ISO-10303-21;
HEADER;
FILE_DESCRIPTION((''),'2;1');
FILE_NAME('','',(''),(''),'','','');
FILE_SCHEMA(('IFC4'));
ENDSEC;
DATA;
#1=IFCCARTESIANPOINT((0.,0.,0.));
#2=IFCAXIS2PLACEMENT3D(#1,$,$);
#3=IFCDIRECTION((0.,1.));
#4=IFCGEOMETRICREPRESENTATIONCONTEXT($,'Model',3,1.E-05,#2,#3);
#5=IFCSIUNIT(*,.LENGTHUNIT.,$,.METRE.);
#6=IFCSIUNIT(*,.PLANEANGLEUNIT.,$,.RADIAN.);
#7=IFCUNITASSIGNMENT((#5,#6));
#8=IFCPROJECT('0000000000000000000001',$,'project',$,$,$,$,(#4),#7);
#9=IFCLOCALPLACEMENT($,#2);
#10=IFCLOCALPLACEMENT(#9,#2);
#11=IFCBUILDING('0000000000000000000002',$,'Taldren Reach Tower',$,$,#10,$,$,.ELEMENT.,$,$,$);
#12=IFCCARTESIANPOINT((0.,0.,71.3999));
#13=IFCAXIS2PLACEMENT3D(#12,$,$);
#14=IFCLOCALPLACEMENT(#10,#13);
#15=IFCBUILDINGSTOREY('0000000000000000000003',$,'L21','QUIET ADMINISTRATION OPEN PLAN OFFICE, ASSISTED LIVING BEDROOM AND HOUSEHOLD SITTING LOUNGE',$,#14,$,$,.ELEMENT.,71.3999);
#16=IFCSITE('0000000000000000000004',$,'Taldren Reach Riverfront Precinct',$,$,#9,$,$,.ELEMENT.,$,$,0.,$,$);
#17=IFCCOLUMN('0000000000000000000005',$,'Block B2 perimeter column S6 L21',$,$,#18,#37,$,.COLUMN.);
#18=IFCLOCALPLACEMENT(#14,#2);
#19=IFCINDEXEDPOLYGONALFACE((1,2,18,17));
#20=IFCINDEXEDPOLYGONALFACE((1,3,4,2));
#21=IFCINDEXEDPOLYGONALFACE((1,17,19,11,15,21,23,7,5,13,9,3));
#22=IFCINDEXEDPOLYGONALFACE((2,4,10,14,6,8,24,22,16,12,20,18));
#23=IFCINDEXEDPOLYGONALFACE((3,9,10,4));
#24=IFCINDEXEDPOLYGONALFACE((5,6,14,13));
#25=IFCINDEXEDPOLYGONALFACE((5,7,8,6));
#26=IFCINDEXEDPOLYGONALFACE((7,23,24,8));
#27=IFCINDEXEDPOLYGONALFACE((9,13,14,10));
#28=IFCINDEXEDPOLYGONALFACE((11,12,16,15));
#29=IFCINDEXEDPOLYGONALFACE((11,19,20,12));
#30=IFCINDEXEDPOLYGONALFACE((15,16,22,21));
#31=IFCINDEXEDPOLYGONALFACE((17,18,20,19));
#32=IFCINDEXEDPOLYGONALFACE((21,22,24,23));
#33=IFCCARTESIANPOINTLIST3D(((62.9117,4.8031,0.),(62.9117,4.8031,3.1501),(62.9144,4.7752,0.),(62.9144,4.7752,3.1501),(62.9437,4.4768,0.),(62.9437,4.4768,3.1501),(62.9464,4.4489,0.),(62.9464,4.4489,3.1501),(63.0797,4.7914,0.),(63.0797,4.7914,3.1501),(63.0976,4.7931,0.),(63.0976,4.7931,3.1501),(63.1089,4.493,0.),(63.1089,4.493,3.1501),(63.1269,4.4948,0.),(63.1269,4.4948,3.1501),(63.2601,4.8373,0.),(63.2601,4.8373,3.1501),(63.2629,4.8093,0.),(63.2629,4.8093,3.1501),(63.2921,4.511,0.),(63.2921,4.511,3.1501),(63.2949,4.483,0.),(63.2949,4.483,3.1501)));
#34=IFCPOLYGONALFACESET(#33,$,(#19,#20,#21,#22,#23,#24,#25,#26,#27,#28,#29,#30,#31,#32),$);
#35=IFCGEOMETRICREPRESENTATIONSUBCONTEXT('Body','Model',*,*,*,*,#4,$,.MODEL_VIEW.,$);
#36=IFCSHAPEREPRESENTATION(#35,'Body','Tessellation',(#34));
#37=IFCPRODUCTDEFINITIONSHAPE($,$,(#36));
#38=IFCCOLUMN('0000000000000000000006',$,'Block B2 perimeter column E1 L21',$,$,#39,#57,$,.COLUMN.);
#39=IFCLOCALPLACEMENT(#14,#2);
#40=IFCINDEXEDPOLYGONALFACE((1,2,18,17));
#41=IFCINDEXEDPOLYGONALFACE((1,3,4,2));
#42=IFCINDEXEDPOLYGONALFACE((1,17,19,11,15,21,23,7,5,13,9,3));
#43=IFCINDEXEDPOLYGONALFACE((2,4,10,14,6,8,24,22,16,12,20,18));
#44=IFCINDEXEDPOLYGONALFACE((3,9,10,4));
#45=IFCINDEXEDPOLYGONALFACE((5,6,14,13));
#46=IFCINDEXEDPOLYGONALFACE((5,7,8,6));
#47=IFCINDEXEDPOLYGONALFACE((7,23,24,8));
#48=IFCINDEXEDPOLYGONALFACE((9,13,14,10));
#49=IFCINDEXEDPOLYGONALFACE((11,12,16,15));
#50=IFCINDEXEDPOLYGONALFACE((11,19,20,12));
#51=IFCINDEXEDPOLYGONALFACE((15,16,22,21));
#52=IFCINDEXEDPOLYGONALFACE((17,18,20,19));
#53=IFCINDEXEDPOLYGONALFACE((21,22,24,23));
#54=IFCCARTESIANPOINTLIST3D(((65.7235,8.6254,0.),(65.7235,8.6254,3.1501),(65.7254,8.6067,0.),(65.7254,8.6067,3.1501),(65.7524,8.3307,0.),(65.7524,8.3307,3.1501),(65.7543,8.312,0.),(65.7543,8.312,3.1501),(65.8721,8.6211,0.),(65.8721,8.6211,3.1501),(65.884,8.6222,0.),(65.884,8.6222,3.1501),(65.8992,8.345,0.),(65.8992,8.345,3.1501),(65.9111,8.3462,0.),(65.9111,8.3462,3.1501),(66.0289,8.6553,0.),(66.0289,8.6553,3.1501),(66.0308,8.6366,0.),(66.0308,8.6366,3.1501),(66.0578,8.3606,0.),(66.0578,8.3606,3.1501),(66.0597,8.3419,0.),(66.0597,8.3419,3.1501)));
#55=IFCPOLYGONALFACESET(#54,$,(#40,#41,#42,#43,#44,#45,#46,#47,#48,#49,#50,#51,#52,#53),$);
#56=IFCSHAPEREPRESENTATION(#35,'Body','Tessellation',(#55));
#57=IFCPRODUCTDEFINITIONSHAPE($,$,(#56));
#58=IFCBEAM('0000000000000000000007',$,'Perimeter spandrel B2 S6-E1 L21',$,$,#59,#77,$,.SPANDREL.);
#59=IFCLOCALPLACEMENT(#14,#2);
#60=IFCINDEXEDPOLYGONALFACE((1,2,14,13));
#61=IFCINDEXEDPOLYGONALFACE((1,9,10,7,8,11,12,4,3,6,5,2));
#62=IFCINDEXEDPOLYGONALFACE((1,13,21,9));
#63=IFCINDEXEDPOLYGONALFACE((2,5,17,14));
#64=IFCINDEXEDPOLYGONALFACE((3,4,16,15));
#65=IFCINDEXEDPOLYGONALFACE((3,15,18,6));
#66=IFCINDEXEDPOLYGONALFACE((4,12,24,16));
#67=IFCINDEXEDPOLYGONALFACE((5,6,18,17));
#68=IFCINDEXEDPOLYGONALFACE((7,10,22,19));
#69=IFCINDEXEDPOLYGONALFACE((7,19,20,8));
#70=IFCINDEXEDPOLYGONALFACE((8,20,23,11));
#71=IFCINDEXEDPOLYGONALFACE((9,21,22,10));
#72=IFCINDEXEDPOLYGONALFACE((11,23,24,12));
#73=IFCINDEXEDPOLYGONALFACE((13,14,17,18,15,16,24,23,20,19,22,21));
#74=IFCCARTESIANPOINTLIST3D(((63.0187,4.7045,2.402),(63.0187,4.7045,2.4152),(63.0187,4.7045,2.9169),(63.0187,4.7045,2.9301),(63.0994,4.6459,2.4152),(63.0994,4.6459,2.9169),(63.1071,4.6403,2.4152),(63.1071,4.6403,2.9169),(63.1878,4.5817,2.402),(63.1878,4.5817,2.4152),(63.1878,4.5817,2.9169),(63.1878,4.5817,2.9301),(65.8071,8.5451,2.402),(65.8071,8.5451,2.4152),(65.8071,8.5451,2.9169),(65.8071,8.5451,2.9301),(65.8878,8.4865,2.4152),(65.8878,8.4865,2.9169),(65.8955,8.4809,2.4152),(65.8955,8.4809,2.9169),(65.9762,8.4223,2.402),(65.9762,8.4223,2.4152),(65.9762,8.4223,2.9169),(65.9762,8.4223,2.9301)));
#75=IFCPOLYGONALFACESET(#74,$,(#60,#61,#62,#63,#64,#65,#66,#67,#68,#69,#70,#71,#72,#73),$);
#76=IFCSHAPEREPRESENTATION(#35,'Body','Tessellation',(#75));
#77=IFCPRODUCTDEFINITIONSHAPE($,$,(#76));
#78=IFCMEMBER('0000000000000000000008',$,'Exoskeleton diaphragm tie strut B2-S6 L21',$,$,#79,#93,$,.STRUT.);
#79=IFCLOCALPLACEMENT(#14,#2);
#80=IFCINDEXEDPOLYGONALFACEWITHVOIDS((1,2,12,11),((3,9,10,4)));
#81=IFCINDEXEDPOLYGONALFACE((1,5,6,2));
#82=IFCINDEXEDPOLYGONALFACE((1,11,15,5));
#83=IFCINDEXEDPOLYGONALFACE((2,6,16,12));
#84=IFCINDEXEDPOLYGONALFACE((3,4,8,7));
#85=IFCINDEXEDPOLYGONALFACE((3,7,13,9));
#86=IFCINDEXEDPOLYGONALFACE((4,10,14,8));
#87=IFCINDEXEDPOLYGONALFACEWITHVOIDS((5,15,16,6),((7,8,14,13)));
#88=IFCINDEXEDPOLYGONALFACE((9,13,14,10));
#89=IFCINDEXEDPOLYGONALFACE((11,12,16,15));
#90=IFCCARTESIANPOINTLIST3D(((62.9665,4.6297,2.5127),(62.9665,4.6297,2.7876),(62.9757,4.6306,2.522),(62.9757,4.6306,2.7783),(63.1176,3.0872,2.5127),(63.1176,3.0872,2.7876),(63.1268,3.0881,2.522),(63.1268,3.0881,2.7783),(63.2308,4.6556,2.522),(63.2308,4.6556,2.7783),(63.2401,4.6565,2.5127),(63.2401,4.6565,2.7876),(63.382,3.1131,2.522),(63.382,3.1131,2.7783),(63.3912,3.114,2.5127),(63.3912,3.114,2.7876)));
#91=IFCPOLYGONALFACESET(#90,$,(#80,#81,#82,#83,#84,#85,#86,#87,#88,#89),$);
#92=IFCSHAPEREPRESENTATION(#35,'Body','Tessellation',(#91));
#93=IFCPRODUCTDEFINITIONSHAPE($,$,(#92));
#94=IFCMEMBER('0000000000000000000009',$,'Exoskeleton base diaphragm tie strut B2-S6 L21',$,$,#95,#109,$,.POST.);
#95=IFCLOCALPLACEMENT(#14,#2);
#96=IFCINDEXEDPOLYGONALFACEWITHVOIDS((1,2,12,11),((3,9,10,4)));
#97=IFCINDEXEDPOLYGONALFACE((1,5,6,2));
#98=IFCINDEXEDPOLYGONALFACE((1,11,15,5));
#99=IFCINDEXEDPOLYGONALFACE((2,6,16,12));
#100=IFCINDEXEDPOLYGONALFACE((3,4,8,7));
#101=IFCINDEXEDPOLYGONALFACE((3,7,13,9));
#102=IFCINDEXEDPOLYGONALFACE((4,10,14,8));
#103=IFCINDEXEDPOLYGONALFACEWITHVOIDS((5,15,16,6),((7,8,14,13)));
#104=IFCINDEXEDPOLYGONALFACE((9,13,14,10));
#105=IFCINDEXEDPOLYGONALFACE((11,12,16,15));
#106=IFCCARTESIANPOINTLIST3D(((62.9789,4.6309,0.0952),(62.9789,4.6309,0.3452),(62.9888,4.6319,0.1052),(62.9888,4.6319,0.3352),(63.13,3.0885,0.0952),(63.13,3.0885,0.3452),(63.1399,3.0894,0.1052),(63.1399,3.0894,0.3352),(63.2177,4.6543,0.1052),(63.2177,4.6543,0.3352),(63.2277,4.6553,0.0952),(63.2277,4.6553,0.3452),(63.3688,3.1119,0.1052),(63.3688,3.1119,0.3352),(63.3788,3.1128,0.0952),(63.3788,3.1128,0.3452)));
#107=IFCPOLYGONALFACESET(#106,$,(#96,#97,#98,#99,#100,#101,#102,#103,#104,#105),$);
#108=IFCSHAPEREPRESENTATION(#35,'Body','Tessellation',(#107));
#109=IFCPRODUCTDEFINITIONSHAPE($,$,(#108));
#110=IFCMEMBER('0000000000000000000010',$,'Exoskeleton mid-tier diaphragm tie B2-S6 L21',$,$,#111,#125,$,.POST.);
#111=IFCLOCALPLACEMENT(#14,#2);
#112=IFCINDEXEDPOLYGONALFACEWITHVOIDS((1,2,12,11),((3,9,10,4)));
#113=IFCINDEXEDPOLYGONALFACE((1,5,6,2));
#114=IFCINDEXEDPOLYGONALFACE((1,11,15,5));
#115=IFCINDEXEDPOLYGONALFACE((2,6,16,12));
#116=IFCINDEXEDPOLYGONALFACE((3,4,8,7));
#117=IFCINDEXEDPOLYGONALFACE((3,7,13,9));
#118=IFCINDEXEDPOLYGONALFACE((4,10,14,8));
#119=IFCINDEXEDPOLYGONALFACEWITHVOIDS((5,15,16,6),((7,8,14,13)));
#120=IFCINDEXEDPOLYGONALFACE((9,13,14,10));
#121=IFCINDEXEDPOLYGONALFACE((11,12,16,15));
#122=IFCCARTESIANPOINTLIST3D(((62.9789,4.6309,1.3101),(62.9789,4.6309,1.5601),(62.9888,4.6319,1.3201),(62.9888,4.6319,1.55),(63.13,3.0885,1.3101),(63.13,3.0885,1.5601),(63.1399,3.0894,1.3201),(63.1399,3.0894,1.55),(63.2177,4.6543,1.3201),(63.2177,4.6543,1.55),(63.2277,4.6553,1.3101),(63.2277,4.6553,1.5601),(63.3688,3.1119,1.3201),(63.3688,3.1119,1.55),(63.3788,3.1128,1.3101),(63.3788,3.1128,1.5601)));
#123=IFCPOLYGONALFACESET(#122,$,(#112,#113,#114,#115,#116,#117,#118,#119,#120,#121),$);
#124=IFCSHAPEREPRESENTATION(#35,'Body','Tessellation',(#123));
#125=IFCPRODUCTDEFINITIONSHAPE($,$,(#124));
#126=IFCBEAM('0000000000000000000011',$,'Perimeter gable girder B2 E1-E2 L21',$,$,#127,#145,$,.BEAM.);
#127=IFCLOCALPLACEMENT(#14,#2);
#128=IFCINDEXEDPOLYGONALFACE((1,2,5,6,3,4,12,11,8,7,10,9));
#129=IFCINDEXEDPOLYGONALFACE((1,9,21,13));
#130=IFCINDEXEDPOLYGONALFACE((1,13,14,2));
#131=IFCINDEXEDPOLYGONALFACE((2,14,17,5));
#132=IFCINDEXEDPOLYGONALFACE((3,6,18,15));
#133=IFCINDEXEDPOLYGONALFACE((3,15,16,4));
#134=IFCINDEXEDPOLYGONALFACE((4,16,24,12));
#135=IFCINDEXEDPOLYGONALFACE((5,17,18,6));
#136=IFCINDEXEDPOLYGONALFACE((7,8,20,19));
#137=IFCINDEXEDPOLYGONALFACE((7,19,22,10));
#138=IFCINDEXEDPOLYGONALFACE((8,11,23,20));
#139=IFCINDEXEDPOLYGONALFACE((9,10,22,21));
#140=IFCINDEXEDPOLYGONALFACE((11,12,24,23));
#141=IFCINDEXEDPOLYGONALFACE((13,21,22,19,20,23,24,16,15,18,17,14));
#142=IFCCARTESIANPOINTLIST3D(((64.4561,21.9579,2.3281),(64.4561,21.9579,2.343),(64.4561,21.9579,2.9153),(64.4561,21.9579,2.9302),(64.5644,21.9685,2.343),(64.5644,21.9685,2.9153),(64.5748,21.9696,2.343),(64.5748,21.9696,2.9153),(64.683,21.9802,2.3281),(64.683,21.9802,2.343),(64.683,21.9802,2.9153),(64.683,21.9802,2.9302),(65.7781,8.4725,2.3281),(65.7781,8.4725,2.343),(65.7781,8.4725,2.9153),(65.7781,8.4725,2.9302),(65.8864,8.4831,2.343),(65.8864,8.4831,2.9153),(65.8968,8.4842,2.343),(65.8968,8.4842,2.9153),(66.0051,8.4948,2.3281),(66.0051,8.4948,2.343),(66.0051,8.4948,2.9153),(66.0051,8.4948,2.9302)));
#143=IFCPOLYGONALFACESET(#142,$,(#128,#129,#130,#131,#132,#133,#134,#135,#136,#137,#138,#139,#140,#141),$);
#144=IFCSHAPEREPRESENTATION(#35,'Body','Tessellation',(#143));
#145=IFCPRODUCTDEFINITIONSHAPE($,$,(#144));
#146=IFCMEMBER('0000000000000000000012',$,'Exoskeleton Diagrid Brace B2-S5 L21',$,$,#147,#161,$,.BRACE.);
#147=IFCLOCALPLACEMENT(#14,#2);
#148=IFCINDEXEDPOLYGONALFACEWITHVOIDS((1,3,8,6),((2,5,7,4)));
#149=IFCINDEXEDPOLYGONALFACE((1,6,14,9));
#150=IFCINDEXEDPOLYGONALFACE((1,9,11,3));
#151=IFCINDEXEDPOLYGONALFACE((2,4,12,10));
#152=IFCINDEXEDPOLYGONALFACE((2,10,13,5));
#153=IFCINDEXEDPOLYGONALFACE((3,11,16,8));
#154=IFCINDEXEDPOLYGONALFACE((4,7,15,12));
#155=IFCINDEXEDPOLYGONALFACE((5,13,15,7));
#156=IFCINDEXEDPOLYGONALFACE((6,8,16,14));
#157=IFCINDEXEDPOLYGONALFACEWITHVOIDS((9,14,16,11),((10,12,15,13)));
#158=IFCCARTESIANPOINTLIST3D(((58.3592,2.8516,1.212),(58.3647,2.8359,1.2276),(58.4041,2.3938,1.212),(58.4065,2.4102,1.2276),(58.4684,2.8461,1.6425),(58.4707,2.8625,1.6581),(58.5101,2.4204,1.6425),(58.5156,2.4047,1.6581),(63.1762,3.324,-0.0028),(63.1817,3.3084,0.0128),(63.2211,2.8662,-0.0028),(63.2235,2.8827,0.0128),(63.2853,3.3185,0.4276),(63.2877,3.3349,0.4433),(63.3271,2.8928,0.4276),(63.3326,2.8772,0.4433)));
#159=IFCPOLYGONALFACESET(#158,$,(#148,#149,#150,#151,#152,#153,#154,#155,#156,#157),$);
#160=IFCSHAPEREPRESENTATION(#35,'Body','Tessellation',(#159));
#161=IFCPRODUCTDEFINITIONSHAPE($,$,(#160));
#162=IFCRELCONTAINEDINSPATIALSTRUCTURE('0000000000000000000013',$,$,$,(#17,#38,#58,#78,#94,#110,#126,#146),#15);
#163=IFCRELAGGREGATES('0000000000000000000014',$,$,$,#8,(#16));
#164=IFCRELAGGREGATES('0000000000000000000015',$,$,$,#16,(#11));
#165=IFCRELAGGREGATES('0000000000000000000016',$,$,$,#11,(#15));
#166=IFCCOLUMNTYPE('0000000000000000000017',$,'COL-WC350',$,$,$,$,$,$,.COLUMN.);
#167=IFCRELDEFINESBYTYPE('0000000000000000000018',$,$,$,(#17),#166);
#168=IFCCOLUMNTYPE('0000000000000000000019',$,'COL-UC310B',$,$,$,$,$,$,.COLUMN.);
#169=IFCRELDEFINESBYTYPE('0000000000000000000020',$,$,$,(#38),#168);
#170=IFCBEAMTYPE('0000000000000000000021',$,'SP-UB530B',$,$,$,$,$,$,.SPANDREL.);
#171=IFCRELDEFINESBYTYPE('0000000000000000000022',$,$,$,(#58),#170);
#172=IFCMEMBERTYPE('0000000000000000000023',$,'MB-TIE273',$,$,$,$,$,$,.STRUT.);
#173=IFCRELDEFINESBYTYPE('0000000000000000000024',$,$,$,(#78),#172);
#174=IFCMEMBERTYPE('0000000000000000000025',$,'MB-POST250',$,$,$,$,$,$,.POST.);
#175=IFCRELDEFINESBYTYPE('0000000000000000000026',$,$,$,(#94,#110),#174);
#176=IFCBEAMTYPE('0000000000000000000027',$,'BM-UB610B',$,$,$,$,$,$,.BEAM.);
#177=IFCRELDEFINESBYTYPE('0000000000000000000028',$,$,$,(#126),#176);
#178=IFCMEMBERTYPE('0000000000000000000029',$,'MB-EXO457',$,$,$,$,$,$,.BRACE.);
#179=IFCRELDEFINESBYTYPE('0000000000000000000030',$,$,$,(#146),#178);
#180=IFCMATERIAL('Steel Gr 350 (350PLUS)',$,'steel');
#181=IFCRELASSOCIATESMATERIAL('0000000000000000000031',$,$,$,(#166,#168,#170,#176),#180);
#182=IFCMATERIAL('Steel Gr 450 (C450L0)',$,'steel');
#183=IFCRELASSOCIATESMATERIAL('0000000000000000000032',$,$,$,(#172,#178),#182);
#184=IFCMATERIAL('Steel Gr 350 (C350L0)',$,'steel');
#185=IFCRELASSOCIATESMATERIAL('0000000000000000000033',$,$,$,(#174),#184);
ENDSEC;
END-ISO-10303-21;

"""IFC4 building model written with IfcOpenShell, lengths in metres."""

from ifc_helpers import new_model, si_unit, direction, frame, origin, origin_2d, place, context, subcontext, project, spatial, hollow_rectangle, i_section, extrude, source, transform, mapped, material, material_profile, profile_set, type_object, element, save


model = new_model("IFC4")

# Units and contexts
model_context = context("Model", 3, precision=1e-05, world=origin(), true_north=direction((0.0, 1.0)))
body_context = subcontext(model_context, "Body", "Model", "MODEL_VIEW")
ifc_project = project(units=[si_unit("LENGTHUNIT", "METRE"), si_unit("PLANEANGLEUNIT", "RADIAN")], contexts=[model_context])

# Site, building, storey
site_placement = place(None, origin())
site = spatial("IfcSite", under=ifc_project, at=site_placement, Name="Taldren Reach Riverfront Precinct", CompositionType="ELEMENT", RefElevation=0.0)
building_placement = place(site_placement, origin())
building = spatial("IfcBuilding", under=site, at=building_placement, Name="Taldren Reach Tower", CompositionType="ELEMENT")
storey_placement = place(building_placement, frame((0.0, 0.0, 71.3999)))
storey = spatial("IfcBuildingStorey", under=building, at=storey_placement, Name="L21", Description="QUIET ADMINISTRATION OPEN PLAN OFFICE, ASSISTED LIVING BEDROOM AND HOUSEHOLD SITTING LOUNGE", CompositionType="ELEMENT", Elevation=71.3999)

# Columns
ifc_material_1 = material(Name="Steel Gr 350 (350PLUS)", Category="steel")
ifc_material_profile_1 = material_profile(ifc_material_1, i_section(OverallWidth=0.3501, OverallDepth=0.356, WebThickness=0.0181, FlangeThickness=0.0281, at=origin_2d()), Name="350WC197")
ifc_profile_set_1 = profile_set([ifc_material_profile_1], Name="Steel Gr 350 (350PLUS)")
column_type_1 = type_object("IfcColumnType", Name="COL-WC350", PredefinedType="COLUMN", material=ifc_profile_set_1)
shared_shape_1 = source(origin(), body_context, "Body", "SweptSolid", [
    extrude(i_section(OverallWidth=0.3501, OverallDepth=0.356, WebThickness=0.0181, FlangeThickness=0.0281, at=origin_2d()), origin(), (0.0, 0.0, 1.0), 3.1501),
])
column_1_placement = place(storey_placement, frame((63.1033, 4.6431, 0.0), z_axis=(0.0, 0.0, 1.0), x_axis=(0.995227, 0.097583, 0.0)))
element("IfcColumn", 1, at=column_1_placement, inside=storey, type_object=column_type_1, Name="Block B2 perimeter column S6 L21", PredefinedType="COLUMN", context=body_context, shape_type="MappedRepresentation", body=[
    mapped(shared_shape_1, transform((0.0, 0.0, 0.0), scale=1.0)),
])
ifc_material_profile_2 = material_profile(ifc_material_1, i_section(OverallWidth=0.3069, OverallDepth=0.3149, WebThickness=0.012, FlangeThickness=0.0188, at=origin_2d()), Name="310UC118")
ifc_profile_set_2 = profile_set([ifc_material_profile_2], Name="Steel Gr 350 (350PLUS)")
column_type_2 = type_object("IfcColumnType", Name="COL-UC310B", PredefinedType="COLUMN", material=ifc_profile_set_2)
shared_shape_2 = source(origin(), body_context, "Body", "SweptSolid", [
    extrude(i_section(OverallWidth=0.3069, OverallDepth=0.3149, WebThickness=0.012, FlangeThickness=0.0188, at=origin_2d()), origin(), (0.0, 0.0, 1.0), 3.1501),
])
column_2_placement = place(storey_placement, frame((65.8916, 8.4836, 0.0), z_axis=(0.0, 0.0, 1.0), x_axis=(0.995227, 0.097583, 0.0)))
element("IfcColumn", 2, at=column_2_placement, inside=storey, type_object=column_type_2, Name="Block B2 perimeter column E1 L21", PredefinedType="COLUMN", context=body_context, shape_type="MappedRepresentation", body=[
    mapped(shared_shape_2, transform((0.0, 0.0, 0.0), scale=1.0)),
])

# Beam
ifc_material_profile_3 = material_profile(ifc_material_1, i_section(OverallWidth=0.209, OverallDepth=0.5281, WebThickness=0.0095, FlangeThickness=0.0132, at=origin_2d()), Name="530UB82.0")
ifc_profile_set_3 = profile_set([ifc_material_profile_3], Name="Steel Gr 350 (350PLUS)")
beam_type_1 = type_object("IfcBeamType", Name="SP-UB530B", PredefinedType="SPANDREL", material=ifc_profile_set_3)
shared_shape_3 = source(origin(), body_context, "Body", "SweptSolid", [
    extrude(i_section(OverallWidth=0.209, OverallDepth=0.5281, WebThickness=0.0095, FlangeThickness=0.0132, at=origin_2d()), origin(), (0.0, 0.0, 1.0), 4.7461),
])
beam_1_placement = place(storey_placement, frame((63.1033, 4.6431, 2.666), z_axis=(0.587508, 0.809219, 0.0), x_axis=(-0.809219, 0.587508, 0.0)))
element("IfcBeam", 3, at=beam_1_placement, inside=storey, type_object=beam_type_1, Name="Perimeter spandrel B2 S6-E1 L21", PredefinedType="SPANDREL", context=body_context, shape_type="MappedRepresentation", body=[
    mapped(shared_shape_3, transform((0.0, 0.0, 0.0), scale=1.0)),
])

# Members
ifc_material_2 = material(Name="Steel Gr 450 (C450L0)", Category="steel")
ifc_material_profile_4 = material_profile(ifc_material_2, hollow_rectangle(XDim=0.2749, YDim=0.2749, WallThickness=0.0093, at=origin_2d()), Name="275x275x9.3SHS")
ifc_profile_set_4 = profile_set([ifc_material_profile_4], Name="Steel Gr 450 (C450L0)")
member_type_1 = type_object("IfcMemberType", Name="MB-TIE273", PredefinedType="STRUT", material=ifc_profile_set_4)
shared_shape_4 = source(origin(), body_context, "Body", "SweptSolid", [
    extrude(hollow_rectangle(XDim=0.2749, YDim=0.2749, WallThickness=0.0093, at=origin_2d()), origin(), (0.0, 0.0, 1.0), 1.5498),
])
member_1_placement = place(storey_placement, frame((63.1033, 4.6431, 2.6501), z_axis=(0.097507, -0.995235, 0.0), x_axis=(0.995235, 0.097507, 0.0)))
element("IfcMember", 4, at=member_1_placement, inside=storey, type_object=member_type_1, Name="Exoskeleton diaphragm tie strut B2-S6 L21", PredefinedType="STRUT", context=body_context, shape_type="MappedRepresentation", body=[
    mapped(shared_shape_4, transform((0.0, 0.0, 0.0), scale=1.0)),
])
ifc_material_3 = material(Name="Steel Gr 350 (C350L0)", Category="steel")
ifc_material_profile_5 = material_profile(ifc_material_3, hollow_rectangle(XDim=0.25, YDim=0.25, WallThickness=0.01, at=origin_2d()), Name="250x250x10.0SHS")
ifc_profile_set_5 = profile_set([ifc_material_profile_5], Name="Steel Gr 350 (C350L0)")
member_type_2 = type_object("IfcMemberType", Name="MB-POST250", PredefinedType="POST", material=ifc_profile_set_5)
shared_shape_5 = source(origin(), body_context, "Body", "SweptSolid", [
    extrude(hollow_rectangle(XDim=0.25, YDim=0.25, WallThickness=0.01, at=origin_2d()), origin(), (0.0, 0.0, 1.0), 1.5498),
])
for number, where, z_axis, x_axis, name in (
    (5, (63.1033, 4.6431, 0.2202), (0.097507, -0.995235, 0.0), (0.995235, 0.097507, 0.0), "Exoskeleton base diaphragm tie strut B2-S6 L21"),
    (6, (63.1033, 4.6431, 1.4351), (0.097507, -0.995235, 0.0), (0.995235, 0.097507, 0.0), "Exoskeleton mid-tier diaphragm tie B2-S6 L21"),
):
    element("IfcMember", number, at=place(storey_placement, frame(where, z_axis=z_axis, x_axis=x_axis)), inside=storey, type_object=member_type_2, Name=name, PredefinedType="POST", context=body_context, shape_type="MappedRepresentation", body=[
        mapped(shared_shape_5, transform((0.0, 0.0, 0.0), scale=1.0)),
    ])

# Beam
ifc_material_profile_6 = material_profile(ifc_material_1, i_section(OverallWidth=0.228, OverallDepth=0.6021, WebThickness=0.0105, FlangeThickness=0.0149, at=origin_2d()), Name="610UB101")
ifc_profile_set_6 = profile_set([ifc_material_profile_6], Name="Steel Gr 350 (350PLUS)")
beam_type_2 = type_object("IfcBeamType", Name="BM-UB610B", PredefinedType="BEAM", material=ifc_profile_set_6)
shared_shape_6 = source(origin(), body_context, "Body", "SweptSolid", [
    extrude(i_section(OverallWidth=0.228, OverallDepth=0.6021, WebThickness=0.0105, FlangeThickness=0.0149, at=origin_2d()), origin(), (0.0, 0.0, 1.0), 13.55),
])
beam_2_placement = place(storey_placement, frame((65.8916, 8.4836, 2.6292), z_axis=(-0.097566, 0.995229, 0.0), x_axis=(-0.995229, -0.097566, 0.0)))
element("IfcBeam", 7, at=beam_2_placement, inside=storey, type_object=beam_type_2, Name="Perimeter gable girder B2 E1-E2 L21", PredefinedType="BEAM", context=body_context, shape_type="MappedRepresentation", body=[
    mapped(shared_shape_6, transform((0.0, 0.0, 0.0), scale=1.0)),
])

# Member
ifc_material_profile_7 = material_profile(ifc_material_2, hollow_rectangle(XDim=0.46, YDim=0.46, WallThickness=0.0161, at=origin_2d()), Name="460x460x16.0SHS")
ifc_profile_set_7 = profile_set([ifc_material_profile_7], Name="Steel Gr 450 (C450L0)")
member_type_3 = type_object("IfcMemberType", Name="MB-EXO457", PredefinedType="BRACE", material=ifc_profile_set_7)
shared_shape_7 = source(origin(), body_context, "Body", "SweptSolid", [
    extrude(hollow_rectangle(XDim=0.46, YDim=0.46, WallThickness=0.0161, at=origin_2d()), origin(), (0.0, 0.0, 1.0), 4.9902),
])
member_2_placement = place(storey_placement, frame((63.2544, 3.1006, 0.2202), z_axis=(-0.965283, -0.094669, 0.243449), x_axis=(0.097606, -0.995225, 0.0)))
element("IfcMember", 8, at=member_2_placement, inside=storey, type_object=member_type_3, Name="Exoskeleton Diagrid Brace B2-S5 L21", PredefinedType="BRACE", context=body_context, shape_type="MappedRepresentation", body=[
    mapped(shared_shape_7, transform((0.0, 0.0, 0.0), scale=1.0)),
])

save(model, "model.ifc")
